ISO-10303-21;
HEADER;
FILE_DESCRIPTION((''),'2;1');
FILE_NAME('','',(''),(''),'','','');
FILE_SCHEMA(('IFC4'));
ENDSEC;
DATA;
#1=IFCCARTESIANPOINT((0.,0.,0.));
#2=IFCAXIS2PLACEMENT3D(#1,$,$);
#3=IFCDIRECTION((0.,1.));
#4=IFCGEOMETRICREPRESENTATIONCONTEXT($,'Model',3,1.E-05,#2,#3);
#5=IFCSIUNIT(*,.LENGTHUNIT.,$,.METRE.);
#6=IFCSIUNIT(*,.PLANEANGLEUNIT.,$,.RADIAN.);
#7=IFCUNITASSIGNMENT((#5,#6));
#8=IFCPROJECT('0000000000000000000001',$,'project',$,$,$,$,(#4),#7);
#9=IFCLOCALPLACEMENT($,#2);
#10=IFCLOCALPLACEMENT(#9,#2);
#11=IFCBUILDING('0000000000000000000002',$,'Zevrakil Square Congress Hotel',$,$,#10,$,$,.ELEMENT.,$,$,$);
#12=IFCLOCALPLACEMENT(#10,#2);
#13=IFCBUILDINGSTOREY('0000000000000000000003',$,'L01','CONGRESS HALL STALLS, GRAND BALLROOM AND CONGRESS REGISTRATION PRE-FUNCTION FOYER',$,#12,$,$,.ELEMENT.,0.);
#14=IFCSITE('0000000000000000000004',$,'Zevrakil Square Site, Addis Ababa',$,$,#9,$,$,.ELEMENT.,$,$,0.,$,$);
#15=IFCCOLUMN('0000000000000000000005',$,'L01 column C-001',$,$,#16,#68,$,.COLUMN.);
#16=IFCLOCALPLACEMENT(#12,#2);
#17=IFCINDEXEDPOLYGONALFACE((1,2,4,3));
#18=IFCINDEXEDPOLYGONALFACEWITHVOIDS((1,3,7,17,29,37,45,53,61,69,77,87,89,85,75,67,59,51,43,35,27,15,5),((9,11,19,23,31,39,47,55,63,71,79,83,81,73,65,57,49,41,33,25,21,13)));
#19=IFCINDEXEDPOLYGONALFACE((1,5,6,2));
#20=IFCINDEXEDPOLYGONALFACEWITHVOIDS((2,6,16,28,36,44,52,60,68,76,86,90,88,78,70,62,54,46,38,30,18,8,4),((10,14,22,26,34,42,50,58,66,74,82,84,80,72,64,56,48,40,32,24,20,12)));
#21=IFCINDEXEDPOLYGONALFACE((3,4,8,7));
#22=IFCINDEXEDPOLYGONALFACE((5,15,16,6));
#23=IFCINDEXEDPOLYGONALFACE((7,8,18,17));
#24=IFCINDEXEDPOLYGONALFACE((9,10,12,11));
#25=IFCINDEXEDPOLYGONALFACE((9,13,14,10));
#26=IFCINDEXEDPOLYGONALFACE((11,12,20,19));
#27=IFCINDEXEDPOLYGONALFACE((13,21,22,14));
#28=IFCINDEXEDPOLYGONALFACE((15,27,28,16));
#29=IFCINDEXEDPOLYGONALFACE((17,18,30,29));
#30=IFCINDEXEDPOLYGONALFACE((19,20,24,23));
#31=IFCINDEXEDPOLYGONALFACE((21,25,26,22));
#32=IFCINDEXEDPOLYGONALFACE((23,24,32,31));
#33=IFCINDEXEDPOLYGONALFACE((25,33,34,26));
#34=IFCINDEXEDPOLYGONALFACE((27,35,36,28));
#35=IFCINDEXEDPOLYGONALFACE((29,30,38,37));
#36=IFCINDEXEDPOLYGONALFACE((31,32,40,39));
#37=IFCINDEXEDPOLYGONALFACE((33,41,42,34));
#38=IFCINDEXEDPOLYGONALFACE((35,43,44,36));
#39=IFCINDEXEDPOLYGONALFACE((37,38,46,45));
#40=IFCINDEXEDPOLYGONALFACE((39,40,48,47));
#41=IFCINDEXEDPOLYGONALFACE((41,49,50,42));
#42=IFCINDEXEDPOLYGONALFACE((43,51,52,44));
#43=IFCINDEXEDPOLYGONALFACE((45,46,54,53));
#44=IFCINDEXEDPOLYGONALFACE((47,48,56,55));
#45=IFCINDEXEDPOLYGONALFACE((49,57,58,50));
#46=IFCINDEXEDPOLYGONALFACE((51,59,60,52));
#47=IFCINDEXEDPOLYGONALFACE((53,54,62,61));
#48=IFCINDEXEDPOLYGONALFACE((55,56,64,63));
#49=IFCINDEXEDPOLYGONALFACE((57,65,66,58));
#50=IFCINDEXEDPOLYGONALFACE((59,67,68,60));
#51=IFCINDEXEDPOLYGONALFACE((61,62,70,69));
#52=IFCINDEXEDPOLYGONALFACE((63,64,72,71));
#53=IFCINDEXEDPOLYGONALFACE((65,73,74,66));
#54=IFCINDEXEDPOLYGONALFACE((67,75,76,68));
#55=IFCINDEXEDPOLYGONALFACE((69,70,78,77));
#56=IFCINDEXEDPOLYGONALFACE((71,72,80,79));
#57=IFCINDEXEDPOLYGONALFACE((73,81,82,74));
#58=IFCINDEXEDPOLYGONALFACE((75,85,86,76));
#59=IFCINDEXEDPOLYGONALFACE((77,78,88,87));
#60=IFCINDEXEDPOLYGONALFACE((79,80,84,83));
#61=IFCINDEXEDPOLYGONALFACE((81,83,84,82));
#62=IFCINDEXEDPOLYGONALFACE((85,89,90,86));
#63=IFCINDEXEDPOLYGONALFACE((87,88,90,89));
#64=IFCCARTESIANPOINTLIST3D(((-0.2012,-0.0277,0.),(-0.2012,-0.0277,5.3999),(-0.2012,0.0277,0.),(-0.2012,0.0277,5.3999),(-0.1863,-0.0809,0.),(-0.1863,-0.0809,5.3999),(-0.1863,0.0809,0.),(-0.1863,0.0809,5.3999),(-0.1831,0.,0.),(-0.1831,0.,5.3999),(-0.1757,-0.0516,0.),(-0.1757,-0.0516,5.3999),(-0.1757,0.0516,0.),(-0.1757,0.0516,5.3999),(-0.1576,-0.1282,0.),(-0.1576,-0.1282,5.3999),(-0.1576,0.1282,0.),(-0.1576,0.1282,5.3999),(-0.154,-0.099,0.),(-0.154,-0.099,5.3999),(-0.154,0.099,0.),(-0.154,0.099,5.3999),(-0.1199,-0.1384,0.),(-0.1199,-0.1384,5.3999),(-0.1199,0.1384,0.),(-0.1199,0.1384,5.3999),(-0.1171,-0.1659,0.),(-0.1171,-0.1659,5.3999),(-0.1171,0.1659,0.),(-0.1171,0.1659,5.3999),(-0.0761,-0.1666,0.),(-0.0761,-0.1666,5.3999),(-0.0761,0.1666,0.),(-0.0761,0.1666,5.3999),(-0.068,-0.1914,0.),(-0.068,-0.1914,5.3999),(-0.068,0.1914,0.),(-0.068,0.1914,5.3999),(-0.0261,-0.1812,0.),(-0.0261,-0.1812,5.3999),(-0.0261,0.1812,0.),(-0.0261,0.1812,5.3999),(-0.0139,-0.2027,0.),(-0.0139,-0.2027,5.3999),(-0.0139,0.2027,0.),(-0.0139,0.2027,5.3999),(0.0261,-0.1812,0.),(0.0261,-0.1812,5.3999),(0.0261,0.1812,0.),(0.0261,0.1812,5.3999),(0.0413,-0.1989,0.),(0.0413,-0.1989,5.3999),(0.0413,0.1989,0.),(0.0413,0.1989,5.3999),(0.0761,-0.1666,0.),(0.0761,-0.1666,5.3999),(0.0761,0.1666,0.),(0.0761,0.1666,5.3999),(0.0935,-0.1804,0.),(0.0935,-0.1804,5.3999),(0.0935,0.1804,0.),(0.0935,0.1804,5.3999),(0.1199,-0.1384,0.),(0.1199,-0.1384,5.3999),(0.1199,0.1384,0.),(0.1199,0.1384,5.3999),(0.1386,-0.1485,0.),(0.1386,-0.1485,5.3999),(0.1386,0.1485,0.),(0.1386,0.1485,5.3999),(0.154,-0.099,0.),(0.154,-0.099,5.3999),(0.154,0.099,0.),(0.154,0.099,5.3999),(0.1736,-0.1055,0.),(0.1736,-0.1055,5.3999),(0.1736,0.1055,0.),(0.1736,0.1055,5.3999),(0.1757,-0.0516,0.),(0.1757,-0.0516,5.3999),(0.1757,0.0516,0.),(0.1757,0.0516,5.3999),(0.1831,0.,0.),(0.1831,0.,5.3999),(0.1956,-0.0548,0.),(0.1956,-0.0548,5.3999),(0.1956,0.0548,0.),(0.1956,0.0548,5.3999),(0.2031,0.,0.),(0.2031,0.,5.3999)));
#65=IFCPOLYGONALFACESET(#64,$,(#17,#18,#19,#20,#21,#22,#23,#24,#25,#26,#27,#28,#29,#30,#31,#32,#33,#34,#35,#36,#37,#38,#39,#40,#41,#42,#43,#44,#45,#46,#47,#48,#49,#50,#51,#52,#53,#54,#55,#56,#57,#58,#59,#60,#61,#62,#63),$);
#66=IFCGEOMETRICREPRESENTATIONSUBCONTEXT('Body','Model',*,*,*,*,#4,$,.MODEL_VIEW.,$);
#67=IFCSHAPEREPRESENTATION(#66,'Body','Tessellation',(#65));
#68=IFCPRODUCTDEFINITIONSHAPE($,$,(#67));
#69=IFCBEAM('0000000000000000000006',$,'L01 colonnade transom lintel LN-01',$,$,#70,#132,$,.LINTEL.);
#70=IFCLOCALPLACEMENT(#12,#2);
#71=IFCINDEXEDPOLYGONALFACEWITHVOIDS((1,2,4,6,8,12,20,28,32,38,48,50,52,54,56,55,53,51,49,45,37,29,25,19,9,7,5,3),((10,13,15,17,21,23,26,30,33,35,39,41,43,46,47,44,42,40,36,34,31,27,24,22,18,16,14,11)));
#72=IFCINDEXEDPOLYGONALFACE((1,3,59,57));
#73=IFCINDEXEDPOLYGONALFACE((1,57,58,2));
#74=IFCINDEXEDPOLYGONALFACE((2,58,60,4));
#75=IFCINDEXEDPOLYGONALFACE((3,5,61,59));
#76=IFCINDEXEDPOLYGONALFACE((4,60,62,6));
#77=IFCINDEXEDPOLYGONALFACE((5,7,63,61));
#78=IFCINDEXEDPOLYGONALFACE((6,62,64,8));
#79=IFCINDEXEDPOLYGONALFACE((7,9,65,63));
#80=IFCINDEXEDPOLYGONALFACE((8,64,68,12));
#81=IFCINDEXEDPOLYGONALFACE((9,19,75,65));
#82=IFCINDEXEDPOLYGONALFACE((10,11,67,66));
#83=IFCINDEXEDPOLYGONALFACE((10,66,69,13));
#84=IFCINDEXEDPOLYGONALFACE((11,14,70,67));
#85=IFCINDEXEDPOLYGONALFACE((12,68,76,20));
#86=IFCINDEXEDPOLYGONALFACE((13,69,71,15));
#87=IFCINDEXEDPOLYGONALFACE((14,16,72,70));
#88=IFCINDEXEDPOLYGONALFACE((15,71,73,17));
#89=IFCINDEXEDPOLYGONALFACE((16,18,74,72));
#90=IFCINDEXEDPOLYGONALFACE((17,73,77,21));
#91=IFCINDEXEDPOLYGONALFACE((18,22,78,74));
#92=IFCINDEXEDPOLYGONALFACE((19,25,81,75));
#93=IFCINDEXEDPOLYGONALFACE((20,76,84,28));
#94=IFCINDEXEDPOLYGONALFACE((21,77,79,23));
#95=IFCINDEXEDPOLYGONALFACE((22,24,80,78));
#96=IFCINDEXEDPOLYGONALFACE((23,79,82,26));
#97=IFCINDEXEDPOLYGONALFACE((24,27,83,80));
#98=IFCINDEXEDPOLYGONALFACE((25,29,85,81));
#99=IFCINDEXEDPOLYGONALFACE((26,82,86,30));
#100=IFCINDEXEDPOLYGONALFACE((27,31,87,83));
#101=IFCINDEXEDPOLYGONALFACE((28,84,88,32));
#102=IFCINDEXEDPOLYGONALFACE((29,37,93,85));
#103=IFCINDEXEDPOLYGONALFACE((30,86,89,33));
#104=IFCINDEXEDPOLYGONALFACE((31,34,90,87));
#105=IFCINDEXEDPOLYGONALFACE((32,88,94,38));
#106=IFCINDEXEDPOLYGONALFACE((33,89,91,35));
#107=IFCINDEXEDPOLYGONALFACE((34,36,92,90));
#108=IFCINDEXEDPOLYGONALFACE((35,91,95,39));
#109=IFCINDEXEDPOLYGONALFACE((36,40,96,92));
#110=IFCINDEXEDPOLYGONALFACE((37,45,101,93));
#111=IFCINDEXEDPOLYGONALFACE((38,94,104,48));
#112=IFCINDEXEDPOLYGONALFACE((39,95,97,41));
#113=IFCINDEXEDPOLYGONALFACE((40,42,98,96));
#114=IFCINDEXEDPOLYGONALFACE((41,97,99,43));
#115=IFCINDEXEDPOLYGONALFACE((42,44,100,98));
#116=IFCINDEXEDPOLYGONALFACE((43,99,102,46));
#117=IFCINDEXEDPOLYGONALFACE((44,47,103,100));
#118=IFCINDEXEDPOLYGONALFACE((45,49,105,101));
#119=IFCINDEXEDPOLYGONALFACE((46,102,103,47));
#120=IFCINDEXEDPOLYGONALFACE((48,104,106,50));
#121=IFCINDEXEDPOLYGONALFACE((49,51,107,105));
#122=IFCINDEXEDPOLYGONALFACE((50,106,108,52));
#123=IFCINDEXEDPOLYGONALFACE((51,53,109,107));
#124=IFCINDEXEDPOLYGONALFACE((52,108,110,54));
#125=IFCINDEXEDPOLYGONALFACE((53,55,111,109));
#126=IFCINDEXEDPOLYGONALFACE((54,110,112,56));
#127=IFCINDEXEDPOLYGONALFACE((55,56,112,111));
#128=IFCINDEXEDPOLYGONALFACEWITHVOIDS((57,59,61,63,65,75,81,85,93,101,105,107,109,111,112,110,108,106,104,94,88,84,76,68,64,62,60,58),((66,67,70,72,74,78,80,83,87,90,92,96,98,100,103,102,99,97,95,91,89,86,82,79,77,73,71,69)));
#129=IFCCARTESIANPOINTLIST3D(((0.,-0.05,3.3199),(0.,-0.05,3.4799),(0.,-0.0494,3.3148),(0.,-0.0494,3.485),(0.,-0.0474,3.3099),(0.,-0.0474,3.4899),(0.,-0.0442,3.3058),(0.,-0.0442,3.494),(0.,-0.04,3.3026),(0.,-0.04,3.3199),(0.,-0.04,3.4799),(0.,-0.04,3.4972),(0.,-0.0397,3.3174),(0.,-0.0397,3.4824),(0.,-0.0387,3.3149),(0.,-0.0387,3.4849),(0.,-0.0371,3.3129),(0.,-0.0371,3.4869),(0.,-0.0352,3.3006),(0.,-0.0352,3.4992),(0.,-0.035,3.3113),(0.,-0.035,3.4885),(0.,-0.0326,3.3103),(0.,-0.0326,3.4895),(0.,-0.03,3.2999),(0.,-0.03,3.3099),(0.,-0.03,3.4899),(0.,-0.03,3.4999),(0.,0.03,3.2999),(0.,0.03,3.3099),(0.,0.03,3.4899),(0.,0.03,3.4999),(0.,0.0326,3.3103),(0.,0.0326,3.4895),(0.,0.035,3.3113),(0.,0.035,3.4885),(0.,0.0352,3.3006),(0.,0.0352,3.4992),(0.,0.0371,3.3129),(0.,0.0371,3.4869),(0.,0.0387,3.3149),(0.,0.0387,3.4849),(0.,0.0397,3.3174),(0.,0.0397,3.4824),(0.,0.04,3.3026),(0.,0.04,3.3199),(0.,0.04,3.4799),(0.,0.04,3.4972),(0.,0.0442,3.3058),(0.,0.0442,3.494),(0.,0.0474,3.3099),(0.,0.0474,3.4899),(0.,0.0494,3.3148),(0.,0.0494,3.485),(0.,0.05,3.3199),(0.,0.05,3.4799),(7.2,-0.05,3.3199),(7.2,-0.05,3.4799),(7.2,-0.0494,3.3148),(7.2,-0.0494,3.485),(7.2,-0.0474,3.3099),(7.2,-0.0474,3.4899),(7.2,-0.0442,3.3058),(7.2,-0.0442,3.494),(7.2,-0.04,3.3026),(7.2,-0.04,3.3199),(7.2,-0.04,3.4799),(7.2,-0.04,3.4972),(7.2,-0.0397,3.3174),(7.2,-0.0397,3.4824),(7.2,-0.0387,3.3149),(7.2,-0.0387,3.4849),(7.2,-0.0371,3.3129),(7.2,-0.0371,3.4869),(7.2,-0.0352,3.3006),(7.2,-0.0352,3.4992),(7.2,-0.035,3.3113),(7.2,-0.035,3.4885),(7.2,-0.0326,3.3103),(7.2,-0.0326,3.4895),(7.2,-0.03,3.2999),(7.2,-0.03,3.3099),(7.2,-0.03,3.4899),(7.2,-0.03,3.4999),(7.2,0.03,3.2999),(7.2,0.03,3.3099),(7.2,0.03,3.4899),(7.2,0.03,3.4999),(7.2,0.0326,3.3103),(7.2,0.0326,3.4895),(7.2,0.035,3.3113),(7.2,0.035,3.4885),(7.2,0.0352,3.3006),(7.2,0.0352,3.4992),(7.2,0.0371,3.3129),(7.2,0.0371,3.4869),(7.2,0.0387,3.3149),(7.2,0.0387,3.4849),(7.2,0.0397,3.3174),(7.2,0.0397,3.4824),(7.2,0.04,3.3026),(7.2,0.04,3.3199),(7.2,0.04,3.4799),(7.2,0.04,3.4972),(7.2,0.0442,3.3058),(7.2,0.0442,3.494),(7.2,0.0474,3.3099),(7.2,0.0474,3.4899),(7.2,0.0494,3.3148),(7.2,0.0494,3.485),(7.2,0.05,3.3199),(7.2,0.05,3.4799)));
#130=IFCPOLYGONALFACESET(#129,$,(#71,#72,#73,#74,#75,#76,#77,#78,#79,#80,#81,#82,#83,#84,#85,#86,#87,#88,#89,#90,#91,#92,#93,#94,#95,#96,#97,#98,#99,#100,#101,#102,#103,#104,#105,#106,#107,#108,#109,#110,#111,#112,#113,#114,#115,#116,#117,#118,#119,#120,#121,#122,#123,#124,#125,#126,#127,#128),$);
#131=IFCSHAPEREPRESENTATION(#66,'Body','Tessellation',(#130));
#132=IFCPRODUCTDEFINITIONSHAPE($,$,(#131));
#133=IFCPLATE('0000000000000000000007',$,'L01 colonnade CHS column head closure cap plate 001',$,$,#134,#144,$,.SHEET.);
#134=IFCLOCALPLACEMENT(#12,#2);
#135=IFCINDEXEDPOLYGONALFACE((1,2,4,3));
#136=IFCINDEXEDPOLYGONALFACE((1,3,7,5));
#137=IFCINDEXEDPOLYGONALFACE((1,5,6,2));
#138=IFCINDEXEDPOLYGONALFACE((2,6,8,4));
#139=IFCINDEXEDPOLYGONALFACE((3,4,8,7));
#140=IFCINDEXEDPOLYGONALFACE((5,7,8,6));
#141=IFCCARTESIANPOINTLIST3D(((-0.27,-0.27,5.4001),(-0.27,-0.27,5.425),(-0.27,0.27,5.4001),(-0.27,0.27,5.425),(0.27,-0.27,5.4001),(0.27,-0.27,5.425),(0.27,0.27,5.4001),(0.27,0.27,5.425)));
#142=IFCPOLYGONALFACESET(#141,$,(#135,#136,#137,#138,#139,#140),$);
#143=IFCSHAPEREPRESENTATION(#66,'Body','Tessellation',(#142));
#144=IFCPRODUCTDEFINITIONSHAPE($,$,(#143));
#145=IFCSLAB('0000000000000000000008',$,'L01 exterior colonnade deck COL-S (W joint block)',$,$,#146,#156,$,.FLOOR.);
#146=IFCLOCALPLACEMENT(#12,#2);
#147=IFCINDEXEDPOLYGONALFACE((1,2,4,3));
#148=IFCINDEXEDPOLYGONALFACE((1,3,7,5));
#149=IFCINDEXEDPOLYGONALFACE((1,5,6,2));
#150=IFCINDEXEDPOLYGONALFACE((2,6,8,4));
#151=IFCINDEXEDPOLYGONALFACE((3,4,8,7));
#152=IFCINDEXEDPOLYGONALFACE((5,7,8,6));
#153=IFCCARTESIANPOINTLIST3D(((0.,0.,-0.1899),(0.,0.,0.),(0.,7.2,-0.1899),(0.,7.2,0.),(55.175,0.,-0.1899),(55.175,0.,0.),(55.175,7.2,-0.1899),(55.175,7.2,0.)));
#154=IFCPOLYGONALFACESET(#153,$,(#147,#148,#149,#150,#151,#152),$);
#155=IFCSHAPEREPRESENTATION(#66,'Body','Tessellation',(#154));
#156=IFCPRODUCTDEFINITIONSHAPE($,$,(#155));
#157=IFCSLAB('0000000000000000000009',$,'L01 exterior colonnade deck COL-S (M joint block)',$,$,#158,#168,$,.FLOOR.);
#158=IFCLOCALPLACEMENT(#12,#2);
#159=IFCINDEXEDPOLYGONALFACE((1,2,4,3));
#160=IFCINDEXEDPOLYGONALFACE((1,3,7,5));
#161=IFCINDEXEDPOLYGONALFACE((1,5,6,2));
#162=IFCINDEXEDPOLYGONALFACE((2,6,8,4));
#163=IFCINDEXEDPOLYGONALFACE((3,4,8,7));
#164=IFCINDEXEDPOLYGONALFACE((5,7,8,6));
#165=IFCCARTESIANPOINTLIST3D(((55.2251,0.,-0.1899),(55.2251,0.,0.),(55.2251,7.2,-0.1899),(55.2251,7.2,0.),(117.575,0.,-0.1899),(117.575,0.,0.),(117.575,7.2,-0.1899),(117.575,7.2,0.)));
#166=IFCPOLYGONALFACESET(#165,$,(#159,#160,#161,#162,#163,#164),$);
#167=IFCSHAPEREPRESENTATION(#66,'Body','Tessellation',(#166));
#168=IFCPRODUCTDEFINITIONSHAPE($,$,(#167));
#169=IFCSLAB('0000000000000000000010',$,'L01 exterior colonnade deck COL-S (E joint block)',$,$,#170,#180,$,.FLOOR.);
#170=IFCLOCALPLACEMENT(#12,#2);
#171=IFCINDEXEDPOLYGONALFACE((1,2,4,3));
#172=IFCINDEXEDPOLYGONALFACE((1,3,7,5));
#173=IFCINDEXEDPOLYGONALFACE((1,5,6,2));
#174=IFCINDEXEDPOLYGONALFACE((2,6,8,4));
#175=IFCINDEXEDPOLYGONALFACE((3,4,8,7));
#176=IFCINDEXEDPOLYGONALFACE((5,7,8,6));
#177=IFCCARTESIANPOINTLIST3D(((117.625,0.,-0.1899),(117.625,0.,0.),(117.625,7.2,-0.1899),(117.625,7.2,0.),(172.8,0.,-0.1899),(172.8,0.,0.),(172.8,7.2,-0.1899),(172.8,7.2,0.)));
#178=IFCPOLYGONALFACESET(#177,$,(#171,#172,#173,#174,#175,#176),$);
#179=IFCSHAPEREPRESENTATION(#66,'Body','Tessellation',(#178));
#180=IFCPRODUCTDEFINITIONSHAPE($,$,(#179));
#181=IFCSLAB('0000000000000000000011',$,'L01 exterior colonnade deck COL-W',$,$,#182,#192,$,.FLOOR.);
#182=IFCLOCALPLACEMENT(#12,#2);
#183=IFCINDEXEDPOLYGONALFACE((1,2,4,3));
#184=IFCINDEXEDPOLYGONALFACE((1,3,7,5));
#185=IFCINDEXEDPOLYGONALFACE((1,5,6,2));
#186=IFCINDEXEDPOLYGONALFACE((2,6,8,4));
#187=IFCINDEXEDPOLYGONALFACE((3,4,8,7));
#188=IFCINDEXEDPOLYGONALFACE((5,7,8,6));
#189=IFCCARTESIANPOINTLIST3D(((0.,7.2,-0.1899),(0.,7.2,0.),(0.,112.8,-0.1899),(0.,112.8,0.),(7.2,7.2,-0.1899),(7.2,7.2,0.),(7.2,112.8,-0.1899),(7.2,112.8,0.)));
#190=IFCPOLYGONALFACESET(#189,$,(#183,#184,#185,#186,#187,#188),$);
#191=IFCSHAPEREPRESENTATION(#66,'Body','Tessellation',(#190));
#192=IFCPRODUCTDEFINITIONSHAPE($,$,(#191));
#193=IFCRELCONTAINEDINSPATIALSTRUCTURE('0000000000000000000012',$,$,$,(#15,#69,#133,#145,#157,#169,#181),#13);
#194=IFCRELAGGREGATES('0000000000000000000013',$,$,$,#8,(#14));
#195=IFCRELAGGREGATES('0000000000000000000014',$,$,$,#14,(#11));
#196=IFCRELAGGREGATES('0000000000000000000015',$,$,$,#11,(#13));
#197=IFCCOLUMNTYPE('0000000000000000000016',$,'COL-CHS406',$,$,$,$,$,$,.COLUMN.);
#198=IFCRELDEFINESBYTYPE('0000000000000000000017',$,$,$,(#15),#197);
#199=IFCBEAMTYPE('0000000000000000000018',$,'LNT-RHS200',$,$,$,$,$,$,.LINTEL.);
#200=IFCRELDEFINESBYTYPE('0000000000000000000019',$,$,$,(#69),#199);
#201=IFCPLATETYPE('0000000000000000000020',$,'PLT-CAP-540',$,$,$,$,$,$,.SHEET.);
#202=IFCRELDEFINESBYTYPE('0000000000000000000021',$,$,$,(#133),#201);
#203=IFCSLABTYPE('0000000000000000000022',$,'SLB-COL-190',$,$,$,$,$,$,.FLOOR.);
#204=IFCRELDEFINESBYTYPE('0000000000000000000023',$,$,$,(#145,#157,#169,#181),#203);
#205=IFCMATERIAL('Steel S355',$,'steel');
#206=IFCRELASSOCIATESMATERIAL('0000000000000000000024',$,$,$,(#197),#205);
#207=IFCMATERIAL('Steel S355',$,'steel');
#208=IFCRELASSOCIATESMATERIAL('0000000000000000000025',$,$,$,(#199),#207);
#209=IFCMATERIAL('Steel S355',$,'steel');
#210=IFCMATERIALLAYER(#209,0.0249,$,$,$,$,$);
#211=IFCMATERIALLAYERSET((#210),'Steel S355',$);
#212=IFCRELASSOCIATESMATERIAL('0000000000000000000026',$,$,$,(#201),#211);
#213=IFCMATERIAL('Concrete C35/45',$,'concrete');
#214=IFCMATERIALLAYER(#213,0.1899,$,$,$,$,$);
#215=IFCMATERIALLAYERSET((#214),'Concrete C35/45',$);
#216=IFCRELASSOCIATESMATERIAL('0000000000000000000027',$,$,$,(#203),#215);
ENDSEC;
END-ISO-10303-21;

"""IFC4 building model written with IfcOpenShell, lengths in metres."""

from ifc_helpers import new_model, si_unit, direction, frame, origin, origin_with_axes, origin_2d, place, context, subcontext, project, spatial, polyline, rectangle, hollow_rectangle, hollow_circle, outline, extrude, material, layer, layer_set, material_profile, profile_set, type_object, element, save


model = new_model("IFC4")

# Units and contexts
model_context = context("Model", 3, precision=1e-05, world=origin(), true_north=direction((0.0, 1.0)))
body_context = subcontext(model_context, "Body", "Model", "MODEL_VIEW")
ifc_project = project(units=[si_unit("LENGTHUNIT", "METRE"), si_unit("PLANEANGLEUNIT", "RADIAN")], contexts=[model_context])

# Site, building, storey
site_placement = place(None, origin())
site = spatial("IfcSite", under=ifc_project, at=site_placement, Name="Zevrakil Square Site, Addis Ababa", CompositionType="ELEMENT", RefElevation=0.0)
building_placement = place(site_placement, origin())
building = spatial("IfcBuilding", under=site, at=building_placement, Name="Zevrakil Square Congress Hotel", CompositionType="ELEMENT")
storey_placement = place(building_placement, origin())
storey = spatial("IfcBuildingStorey", under=building, at=storey_placement, Name="L01", Description="CONGRESS HALL STALLS, GRAND BALLROOM AND CONGRESS REGISTRATION PRE-FUNCTION FOYER", CompositionType="ELEMENT", Elevation=0.0)

# Column
ifc_material_1 = material(Name="Steel S355", Category="steel")
ifc_material_profile_1 = material_profile(ifc_material_1, hollow_circle(Radius=0.2031, WallThickness=0.02, at=origin_2d()), Name="CHS 406.4x20")
ifc_profile_set_1 = profile_set([ifc_material_profile_1], Name="Steel S355")
column_type = type_object("IfcColumnType", Name="COL-CHS406", PredefinedType="COLUMN", material=ifc_profile_set_1)
column_placement = place(storey_placement, origin_with_axes())
element("IfcColumn", 1, at=column_placement, inside=storey, type_object=column_type, Name="L01 column C-001", PredefinedType="COLUMN", context=body_context, shape_type="SweptSolid", body=[
    extrude(hollow_circle(Radius=0.2031, WallThickness=0.02, at=origin_2d()), origin(), (0.0, 0.0, 1.0), 5.3999),
])

# Beam
ifc_material_2 = material(Name="Steel S355", Category="steel")
ifc_material_profile_2 = material_profile(ifc_material_2, hollow_rectangle(XDim=0.1001, YDim=0.2, WallThickness=0.01, InnerFilletRadius=0.01, OuterFilletRadius=0.02, at=origin_2d()), Name="RHS 200x100x10")
ifc_profile_set_2 = profile_set([ifc_material_profile_2], Name="Steel S355")
beam_type = type_object("IfcBeamType", Name="LNT-RHS200", PredefinedType="LINTEL", material=ifc_profile_set_2)
beam_placement = place(storey_placement, frame((0.0, 0.0, 3.3999), z_axis=(1.0, 0.0, 0.0), x_axis=(0.0, 1.0, 0.0)))
element("IfcBeam", 2, at=beam_placement, inside=storey, type_object=beam_type, Name="L01 colonnade transom lintel LN-01", PredefinedType="LINTEL", context=body_context, shape_type="SweptSolid", body=[
    extrude(hollow_rectangle(XDim=0.1001, YDim=0.2, WallThickness=0.01, InnerFilletRadius=0.01, OuterFilletRadius=0.02, at=origin_2d()), origin(), (0.0, 0.0, 1.0), 7.2),
])

# Plate
ifc_material_3 = material(Name="Steel S355", Category="steel")
ifc_layer_1 = layer(ifc_material_3, 0.0249)
ifc_layer_set_1 = layer_set([ifc_layer_1], Name="Steel S355")
plate_type = type_object("IfcPlateType", Name="PLT-CAP-540", PredefinedType="SHEET", material=ifc_layer_set_1)
plate_placement = place(storey_placement, frame((0.0, 0.0, 5.4001), z_axis=(0.0, 0.0, 1.0), x_axis=(1.0, 0.0, 0.0)))
element("IfcPlate", 3, at=plate_placement, inside=storey, type_object=plate_type, Name="L01 colonnade CHS column head closure cap plate 001", PredefinedType="SHEET", context=body_context, shape_type="SweptSolid", body=[
    extrude(rectangle(XDim=0.54, YDim=0.54, at=origin_2d()), origin(), (0.0, 0.0, 1.0), 0.0249),
])

# Slabs
ifc_material_4 = material(Name="Concrete C35/45", Category="concrete")
ifc_layer_2 = layer(ifc_material_4, 0.1899)
ifc_layer_set_2 = layer_set([ifc_layer_2], Name="Concrete C35/45")
slab_type_1 = type_object("IfcSlabType", Name="SLB-COL-190", PredefinedType="FLOOR", material=ifc_layer_set_2)
slab_1_placement = place(storey_placement, frame((0.0, 0.0, -0.1899)))
element("IfcSlab", 4, at=slab_1_placement, inside=storey, type_object=slab_type_1, Name="L01 exterior colonnade deck COL-S (W joint block)", PredefinedType="FLOOR", context=body_context, shape_type="SweptSolid", body=[
    extrude(outline(polyline([(0.0, 0.0), (0.0, 7.2), (55.175, 7.2), (55.175, 0.0), (0.0, 0.0)])), origin(), (0.0, 0.0, 1.0), 0.1899),
])
slab_2_placement = place(storey_placement, frame((0.0, 0.0, -0.1899)))
element("IfcSlab", 5, at=slab_2_placement, inside=storey, type_object=slab_type_1, Name="L01 exterior colonnade deck COL-S (M joint block)", PredefinedType="FLOOR", context=body_context, shape_type="SweptSolid", body=[
    extrude(outline(polyline([(55.2251, 0.0), (55.2251, 7.2), (117.575, 7.2), (117.575, 0.0), (55.2251, 0.0)])), origin(), (0.0, 0.0, 1.0), 0.1899),
])
slab_3_placement = place(storey_placement, frame((0.0, 0.0, -0.1899)))
element("IfcSlab", 6, at=slab_3_placement, inside=storey, type_object=slab_type_1, Name="L01 exterior colonnade deck COL-S (E joint block)", PredefinedType="FLOOR", context=body_context, shape_type="SweptSolid", body=[
    extrude(outline(polyline([(172.8, 7.2), (172.8, 0.0), (117.625, 0.0), (117.625, 7.2), (172.8, 7.2)])), origin(), (0.0, 0.0, 1.0), 0.1899),
])
slab_4_placement = place(storey_placement, frame((0.0, 0.0, -0.1899)))
element("IfcSlab", 7, at=slab_4_placement, inside=storey, type_object=slab_type_1, Name="L01 exterior colonnade deck COL-W", PredefinedType="FLOOR", context=body_context, shape_type="SweptSolid", body=[
    extrude(outline(polyline([(0.0, 112.8), (7.2, 112.8), (7.2, 7.2), (0.0, 7.2), (0.0, 112.8)])), origin(), (0.0, 0.0, 1.0), 0.1899),
])

save(model, "model.ifc")
